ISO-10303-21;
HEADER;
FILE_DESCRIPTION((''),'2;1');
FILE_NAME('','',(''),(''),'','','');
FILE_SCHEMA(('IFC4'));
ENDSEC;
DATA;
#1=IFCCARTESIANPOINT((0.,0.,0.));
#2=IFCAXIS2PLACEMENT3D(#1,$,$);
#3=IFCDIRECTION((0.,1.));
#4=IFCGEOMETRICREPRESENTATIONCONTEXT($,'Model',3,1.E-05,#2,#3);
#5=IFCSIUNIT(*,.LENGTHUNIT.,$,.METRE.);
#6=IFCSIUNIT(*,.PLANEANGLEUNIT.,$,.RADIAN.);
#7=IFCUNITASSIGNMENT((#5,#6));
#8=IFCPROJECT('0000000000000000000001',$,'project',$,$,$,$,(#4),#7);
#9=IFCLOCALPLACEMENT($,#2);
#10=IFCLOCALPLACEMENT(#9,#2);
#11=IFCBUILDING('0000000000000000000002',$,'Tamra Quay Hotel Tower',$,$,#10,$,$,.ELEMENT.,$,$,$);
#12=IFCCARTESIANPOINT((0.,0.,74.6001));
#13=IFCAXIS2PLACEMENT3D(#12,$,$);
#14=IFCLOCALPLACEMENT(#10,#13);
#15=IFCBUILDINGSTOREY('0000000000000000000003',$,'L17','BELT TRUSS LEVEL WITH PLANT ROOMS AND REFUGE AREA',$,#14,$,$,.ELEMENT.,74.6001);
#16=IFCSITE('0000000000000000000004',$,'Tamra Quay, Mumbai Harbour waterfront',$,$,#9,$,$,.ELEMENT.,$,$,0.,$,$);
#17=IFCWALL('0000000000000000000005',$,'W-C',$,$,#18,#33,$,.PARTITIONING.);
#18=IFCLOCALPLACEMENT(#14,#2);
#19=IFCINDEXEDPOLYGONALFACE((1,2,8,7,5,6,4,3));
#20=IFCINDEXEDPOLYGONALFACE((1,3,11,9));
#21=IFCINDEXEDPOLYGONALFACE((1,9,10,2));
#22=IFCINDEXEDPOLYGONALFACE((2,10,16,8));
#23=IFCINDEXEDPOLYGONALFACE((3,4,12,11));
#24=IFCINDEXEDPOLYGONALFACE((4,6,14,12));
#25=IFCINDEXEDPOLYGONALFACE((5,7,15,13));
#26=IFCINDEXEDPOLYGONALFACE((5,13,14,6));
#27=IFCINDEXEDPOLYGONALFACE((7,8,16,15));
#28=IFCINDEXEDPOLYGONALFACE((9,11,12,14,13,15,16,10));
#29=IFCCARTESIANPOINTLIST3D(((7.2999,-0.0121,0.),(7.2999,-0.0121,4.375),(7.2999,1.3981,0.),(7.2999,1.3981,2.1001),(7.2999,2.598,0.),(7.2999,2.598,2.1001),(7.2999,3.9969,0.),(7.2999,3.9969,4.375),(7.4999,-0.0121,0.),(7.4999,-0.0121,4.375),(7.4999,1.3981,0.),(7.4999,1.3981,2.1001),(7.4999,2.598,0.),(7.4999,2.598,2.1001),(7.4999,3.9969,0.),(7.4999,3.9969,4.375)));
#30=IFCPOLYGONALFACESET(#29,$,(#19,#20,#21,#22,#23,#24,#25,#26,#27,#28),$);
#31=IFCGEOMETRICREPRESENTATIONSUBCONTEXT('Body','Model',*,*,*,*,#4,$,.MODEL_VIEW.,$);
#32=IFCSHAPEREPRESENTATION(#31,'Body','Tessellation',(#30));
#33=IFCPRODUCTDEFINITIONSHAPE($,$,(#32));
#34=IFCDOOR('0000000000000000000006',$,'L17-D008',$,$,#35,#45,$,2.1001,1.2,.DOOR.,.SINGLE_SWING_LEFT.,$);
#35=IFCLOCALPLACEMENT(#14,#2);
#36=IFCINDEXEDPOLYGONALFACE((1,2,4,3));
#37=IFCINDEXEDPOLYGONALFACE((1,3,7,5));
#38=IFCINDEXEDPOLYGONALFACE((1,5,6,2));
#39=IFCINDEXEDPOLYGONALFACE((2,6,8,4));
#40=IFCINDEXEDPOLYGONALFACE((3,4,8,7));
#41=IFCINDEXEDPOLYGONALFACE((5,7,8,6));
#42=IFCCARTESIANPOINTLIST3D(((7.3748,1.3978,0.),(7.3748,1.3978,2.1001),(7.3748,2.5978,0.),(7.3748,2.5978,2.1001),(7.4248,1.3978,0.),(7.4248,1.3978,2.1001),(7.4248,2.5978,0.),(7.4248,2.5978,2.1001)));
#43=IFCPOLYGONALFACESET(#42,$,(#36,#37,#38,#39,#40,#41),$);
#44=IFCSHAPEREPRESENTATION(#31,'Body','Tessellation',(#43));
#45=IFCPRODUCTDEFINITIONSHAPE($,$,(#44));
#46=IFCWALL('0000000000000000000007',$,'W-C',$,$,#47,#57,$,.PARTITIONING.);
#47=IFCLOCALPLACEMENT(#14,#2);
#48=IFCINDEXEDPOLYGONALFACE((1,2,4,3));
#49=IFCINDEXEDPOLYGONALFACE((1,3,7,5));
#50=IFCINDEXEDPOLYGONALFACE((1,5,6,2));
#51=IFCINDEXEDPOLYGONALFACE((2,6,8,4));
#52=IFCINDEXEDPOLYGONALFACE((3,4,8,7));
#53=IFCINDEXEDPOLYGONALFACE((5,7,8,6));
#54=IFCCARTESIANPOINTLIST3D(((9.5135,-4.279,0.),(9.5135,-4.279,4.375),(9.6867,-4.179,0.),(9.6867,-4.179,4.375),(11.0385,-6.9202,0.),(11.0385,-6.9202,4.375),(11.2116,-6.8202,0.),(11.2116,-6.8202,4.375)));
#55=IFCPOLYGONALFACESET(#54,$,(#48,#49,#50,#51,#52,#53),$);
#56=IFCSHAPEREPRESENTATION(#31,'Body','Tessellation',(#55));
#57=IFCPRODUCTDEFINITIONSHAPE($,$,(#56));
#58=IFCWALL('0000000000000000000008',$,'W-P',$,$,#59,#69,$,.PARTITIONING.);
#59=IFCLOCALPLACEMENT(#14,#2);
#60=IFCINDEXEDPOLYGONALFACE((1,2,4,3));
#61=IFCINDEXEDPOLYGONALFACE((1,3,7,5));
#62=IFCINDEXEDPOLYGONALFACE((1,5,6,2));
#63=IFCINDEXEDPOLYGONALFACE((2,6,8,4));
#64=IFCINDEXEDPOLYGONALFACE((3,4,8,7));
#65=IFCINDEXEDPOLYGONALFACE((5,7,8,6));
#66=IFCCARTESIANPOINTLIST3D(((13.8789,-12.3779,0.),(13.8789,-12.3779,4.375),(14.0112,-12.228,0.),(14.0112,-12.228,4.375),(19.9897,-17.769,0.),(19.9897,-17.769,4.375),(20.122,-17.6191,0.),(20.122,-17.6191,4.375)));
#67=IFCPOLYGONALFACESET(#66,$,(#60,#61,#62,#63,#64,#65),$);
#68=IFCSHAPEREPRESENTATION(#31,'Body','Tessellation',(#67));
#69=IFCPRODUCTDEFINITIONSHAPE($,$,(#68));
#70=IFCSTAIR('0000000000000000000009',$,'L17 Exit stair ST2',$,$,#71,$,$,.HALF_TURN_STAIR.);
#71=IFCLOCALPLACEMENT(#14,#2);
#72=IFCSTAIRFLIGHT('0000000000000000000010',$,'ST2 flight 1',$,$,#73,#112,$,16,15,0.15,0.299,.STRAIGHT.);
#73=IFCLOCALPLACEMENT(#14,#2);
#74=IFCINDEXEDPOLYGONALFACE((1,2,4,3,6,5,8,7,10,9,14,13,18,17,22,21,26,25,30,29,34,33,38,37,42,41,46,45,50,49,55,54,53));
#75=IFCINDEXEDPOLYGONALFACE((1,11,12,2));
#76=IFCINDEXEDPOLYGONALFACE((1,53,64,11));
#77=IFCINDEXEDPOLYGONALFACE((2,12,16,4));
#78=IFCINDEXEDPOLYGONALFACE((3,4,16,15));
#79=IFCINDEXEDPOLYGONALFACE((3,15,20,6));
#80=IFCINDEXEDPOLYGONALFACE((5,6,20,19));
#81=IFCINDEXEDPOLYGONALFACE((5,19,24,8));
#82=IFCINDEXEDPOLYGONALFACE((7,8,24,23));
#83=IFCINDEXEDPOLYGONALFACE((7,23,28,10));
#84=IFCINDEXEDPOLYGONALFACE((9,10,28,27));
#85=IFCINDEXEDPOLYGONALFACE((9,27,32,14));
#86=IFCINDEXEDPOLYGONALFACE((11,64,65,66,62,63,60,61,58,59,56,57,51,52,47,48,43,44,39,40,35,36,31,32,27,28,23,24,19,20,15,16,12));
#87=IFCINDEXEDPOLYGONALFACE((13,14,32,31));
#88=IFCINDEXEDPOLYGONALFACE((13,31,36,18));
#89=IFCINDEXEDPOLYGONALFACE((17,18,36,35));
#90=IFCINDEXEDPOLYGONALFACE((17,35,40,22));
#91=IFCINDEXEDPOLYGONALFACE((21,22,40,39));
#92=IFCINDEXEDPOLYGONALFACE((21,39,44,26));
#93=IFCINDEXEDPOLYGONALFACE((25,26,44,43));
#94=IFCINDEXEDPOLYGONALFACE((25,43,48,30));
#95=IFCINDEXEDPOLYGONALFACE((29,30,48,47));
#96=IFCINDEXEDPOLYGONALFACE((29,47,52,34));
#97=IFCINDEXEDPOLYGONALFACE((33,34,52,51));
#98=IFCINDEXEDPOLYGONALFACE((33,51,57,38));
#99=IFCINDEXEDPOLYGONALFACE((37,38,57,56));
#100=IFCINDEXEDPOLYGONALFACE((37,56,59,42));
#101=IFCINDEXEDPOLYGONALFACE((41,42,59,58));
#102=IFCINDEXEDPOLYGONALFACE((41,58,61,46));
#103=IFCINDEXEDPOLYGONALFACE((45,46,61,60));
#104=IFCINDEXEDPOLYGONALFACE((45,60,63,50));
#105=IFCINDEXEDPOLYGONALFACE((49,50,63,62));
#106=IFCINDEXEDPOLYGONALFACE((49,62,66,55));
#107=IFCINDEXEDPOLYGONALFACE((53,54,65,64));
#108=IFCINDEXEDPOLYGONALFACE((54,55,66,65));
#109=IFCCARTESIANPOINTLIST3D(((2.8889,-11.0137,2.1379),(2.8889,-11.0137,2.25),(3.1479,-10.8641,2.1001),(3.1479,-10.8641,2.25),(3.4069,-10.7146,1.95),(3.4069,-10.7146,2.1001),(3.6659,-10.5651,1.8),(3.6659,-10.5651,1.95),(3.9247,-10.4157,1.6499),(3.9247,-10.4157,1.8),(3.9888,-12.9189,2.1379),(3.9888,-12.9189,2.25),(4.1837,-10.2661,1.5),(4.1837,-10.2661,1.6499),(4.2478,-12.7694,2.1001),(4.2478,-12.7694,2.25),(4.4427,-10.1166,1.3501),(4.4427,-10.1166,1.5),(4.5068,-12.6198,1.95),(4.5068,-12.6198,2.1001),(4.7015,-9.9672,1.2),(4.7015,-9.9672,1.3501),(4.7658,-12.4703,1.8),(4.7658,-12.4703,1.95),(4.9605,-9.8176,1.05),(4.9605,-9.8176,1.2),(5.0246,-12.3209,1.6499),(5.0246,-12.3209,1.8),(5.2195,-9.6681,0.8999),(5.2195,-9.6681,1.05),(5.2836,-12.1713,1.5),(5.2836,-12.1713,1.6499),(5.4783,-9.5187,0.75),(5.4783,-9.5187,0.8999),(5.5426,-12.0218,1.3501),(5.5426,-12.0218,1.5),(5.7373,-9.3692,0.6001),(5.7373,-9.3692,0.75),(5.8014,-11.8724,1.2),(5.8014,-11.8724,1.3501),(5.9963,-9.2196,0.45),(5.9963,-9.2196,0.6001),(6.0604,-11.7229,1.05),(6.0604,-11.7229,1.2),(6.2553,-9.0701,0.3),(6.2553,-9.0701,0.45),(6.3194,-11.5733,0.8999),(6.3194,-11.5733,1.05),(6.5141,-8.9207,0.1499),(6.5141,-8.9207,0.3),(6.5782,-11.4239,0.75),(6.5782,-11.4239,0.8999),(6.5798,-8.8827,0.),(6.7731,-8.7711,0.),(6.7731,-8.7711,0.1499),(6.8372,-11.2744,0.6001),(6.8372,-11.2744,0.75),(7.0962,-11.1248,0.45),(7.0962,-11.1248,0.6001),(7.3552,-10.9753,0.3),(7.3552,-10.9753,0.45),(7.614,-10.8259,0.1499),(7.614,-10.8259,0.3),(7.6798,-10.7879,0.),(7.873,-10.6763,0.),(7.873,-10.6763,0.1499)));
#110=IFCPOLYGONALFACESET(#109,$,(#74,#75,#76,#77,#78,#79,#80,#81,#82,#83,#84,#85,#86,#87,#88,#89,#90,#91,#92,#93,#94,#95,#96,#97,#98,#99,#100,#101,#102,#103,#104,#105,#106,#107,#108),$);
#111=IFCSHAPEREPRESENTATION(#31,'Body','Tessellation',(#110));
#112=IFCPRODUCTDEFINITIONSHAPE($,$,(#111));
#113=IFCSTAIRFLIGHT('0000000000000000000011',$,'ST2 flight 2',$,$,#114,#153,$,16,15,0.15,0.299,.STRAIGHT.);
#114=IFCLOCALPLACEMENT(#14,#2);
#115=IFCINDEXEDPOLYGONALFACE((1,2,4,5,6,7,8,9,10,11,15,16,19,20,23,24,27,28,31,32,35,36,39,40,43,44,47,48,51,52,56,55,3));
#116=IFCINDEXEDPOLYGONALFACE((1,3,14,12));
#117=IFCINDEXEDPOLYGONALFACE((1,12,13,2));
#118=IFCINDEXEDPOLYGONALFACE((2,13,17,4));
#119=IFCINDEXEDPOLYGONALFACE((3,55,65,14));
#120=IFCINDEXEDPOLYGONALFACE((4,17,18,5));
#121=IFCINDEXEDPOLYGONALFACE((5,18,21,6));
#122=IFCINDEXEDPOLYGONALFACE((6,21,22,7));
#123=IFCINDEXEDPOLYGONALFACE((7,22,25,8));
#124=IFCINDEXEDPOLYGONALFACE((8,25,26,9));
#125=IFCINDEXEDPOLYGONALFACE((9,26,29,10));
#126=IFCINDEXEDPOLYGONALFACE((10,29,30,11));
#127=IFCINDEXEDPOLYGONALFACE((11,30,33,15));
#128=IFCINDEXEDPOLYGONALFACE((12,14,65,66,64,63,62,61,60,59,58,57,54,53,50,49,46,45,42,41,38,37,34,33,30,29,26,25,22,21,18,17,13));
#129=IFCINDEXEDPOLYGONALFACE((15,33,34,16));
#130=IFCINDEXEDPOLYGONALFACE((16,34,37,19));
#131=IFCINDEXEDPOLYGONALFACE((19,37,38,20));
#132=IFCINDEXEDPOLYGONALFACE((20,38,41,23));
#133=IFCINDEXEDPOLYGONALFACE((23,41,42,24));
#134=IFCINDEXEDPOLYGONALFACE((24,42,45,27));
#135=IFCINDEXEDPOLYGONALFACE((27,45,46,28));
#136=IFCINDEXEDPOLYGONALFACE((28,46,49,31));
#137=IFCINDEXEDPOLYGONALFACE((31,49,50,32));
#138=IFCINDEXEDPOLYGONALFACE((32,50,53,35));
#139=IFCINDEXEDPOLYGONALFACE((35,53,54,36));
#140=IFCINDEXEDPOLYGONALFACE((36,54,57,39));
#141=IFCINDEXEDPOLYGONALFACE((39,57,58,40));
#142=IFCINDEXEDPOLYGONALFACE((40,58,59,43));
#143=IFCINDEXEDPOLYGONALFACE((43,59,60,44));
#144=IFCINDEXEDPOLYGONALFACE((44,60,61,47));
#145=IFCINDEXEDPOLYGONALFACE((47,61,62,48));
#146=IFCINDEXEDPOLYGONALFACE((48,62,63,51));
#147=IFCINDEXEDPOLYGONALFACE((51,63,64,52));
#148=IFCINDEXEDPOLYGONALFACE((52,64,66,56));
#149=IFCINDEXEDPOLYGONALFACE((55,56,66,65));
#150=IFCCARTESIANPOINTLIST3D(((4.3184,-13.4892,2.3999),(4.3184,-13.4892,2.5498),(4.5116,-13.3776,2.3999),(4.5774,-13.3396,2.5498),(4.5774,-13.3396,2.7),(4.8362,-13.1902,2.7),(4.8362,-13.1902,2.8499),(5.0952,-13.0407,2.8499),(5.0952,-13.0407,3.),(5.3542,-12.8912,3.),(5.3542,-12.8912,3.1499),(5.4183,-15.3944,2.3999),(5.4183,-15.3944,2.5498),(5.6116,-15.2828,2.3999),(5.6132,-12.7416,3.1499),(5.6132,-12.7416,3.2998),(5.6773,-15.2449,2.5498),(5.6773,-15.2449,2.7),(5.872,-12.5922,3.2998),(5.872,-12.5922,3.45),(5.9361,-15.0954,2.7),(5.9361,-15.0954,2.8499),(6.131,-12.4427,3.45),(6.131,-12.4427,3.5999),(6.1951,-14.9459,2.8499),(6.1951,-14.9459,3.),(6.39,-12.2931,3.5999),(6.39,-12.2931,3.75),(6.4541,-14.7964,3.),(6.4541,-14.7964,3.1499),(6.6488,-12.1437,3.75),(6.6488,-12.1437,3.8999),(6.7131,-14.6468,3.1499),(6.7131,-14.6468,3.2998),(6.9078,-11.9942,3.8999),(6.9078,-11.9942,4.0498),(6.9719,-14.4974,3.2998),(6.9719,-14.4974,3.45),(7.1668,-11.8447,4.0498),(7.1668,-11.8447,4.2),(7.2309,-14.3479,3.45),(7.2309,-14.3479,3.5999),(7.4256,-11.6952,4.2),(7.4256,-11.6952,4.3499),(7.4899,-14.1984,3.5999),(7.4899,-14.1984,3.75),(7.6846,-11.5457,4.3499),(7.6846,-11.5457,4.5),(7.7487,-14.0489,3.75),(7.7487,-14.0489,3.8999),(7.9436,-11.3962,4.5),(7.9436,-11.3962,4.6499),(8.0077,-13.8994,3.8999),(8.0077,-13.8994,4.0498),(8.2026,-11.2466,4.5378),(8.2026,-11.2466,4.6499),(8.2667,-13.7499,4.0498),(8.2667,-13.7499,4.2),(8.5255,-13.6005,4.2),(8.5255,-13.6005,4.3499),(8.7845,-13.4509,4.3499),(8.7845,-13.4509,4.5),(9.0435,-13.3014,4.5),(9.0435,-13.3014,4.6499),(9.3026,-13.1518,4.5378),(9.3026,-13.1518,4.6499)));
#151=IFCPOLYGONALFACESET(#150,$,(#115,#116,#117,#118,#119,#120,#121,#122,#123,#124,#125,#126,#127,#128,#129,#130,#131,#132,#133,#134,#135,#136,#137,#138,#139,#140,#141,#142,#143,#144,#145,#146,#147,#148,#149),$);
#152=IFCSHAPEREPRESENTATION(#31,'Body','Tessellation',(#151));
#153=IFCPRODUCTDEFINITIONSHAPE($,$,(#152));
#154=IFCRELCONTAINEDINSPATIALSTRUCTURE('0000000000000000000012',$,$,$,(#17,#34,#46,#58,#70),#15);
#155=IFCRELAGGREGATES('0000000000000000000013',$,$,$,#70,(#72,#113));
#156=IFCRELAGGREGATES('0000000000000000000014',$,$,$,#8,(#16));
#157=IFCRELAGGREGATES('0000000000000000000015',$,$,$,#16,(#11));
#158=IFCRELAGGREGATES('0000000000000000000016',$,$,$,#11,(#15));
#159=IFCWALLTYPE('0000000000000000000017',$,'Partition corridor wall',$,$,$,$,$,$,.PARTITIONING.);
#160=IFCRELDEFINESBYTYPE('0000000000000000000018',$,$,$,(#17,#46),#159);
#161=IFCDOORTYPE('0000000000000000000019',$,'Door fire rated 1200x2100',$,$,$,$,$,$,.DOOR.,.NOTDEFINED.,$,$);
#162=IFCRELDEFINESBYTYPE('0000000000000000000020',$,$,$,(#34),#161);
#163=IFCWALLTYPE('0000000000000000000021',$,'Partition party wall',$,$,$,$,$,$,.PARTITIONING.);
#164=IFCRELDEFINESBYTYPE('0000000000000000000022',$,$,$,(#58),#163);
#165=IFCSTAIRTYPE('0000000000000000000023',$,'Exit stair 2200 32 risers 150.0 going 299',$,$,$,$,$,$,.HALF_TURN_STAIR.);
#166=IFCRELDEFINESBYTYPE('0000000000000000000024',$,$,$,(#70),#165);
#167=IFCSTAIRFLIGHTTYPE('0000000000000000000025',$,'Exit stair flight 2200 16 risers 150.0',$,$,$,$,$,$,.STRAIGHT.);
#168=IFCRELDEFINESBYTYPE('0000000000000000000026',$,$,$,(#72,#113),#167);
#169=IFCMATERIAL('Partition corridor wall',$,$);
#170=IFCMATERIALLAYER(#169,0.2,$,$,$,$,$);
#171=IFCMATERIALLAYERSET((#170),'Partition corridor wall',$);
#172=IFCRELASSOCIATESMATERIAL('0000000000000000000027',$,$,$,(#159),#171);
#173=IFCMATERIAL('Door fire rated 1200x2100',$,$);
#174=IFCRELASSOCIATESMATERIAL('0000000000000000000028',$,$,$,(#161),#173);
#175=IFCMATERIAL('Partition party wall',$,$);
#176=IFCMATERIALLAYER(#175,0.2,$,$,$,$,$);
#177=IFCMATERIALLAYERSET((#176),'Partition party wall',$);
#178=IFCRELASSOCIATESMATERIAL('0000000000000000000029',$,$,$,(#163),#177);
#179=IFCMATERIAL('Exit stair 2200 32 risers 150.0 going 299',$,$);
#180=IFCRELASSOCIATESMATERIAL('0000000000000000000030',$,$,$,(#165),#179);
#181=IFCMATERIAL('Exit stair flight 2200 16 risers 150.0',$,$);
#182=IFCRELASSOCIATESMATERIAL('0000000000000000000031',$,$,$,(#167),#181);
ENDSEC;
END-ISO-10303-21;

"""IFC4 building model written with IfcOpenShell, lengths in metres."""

from ifc_helpers import new_model, si_unit, direction, frame, frame_2d, origin, place, context, subcontext, project, spatial, polyline, rectangle, outline, extrude, material, layer, layer_set, type_object, element, fill, aggregate, save


model = new_model("IFC4")

# Units and contexts
model_context = context("Model", 3, precision=1e-05, world=origin(), true_north=direction((0.0, 1.0)))
body_context = subcontext(model_context, "Body", "Model", "MODEL_VIEW")
ifc_project = project(units=[si_unit("LENGTHUNIT", "METRE"), si_unit("PLANEANGLEUNIT", "RADIAN")], contexts=[model_context])

# Site, building, storey
site_placement = place(None, origin())
site = spatial("IfcSite", under=ifc_project, at=site_placement, Name="Tamra Quay, Mumbai Harbour waterfront", CompositionType="ELEMENT", RefElevation=0.0)
building_placement = place(site_placement, origin())
building = spatial("IfcBuilding", under=site, at=building_placement, Name="Tamra Quay Hotel Tower", CompositionType="ELEMENT")
storey_placement = place(building_placement, frame((0.0, 0.0, 74.6001)))
storey = spatial("IfcBuildingStorey", under=building, at=storey_placement, Name="L17", Description="BELT TRUSS LEVEL WITH PLANT ROOMS AND REFUGE AREA", CompositionType="ELEMENT", Elevation=74.6001)

# Shared definitions
ifc_material_1 = material(Name="Partition corridor wall")
ifc_layer_1 = layer(ifc_material_1, 0.2)
ifc_layer_set_1 = layer_set([ifc_layer_1], Name="Partition corridor wall")
wall_type_1 = type_object("IfcWallType", Name="Partition corridor wall", PredefinedType="PARTITIONING", material=ifc_layer_set_1)

# Wall, opening, door
wall_1_placement = place(storey_placement, frame((7.3999, -0.012, 0.0), z_axis=(0.0, 0.0, 1.0), x_axis=(0.0, 1.0, 0.0)))
wall_1 = element("IfcWall", 1, at=wall_1_placement, inside=storey, type_object=wall_type_1, Name="W-C", PredefinedType="PARTITIONING", context=body_context, shape_type="SweptSolid", body=[
    extrude(rectangle(XDim=4.009, YDim=0.2, at=frame_2d((2.0044, 0.0))), origin(), (0.0, 0.0, 1.0), 4.375),
])
opening_1_placement = place(wall_1_placement, frame((1.4099, 0.0, 0.0)))
opening_1 = element("IfcOpeningElement", 2, at=opening_1_placement, cuts=wall_1, PredefinedType="OPENING", context=body_context, shape_type="SweptSolid", body=[
    extrude(rectangle(XDim=1.2, YDim=2.1001, at=frame_2d((0.6001, 1.05))), frame((0.0, 0.1099, 0.0), z_axis=(0.0, -1.0, 0.0), x_axis=(1.0, 0.0, 0.0)), (0.0, 0.0, 1.0), 0.22),
])
ifc_material_2 = material(Name="Door fire rated 1200x2100")
door_type_1 = type_object("IfcDoorType", Name="Door fire rated 1200x2100", OperationType="NOTDEFINED", PredefinedType="DOOR", material=ifc_material_2)
door_1_placement = place(opening_1_placement, frame((1.2, 0.0, 0.0), z_axis=(0.0, 0.0, 1.0), x_axis=(-1.0, 0.0, 0.0)))
door_1 = element("IfcDoor", 3, at=door_1_placement, inside=storey, type_object=door_type_1, Name="L17-D008", OperationType="SINGLE_SWING_LEFT", OverallHeight=2.1001, OverallWidth=1.2, PredefinedType="DOOR", context=body_context, shape_type="SweptSolid", body=[
    extrude(rectangle(XDim=1.2, YDim=2.1001, at=frame_2d((0.6001, 1.05))), frame((0.0, 0.0249, 0.0), z_axis=(0.0, -1.0, 0.0), x_axis=(1.0, 0.0, 0.0)), (0.0, 0.0, 1.0), 0.05),
])
fill(opening_1, door_1)

# Walls
wall_2_placement = place(storey_placement, frame((9.6001, -4.229, 0.0), z_axis=(0.0, 0.0, 1.0), x_axis=(0.500013, -0.866018, 0.0)))
element("IfcWall", 4, at=wall_2_placement, inside=storey, type_object=wall_type_1, Name="W-C", PredefinedType="PARTITIONING", context=body_context, shape_type="SweptSolid", body=[
    extrude(rectangle(XDim=3.0498, YDim=0.2, at=frame_2d((1.5249, 0.0))), origin(), (0.0, 0.0, 1.0), 4.375),
])
ifc_material_3 = material(Name="Partition party wall")
ifc_layer_2 = layer(ifc_material_3, 0.2)
ifc_layer_set_2 = layer_set([ifc_layer_2], Name="Partition party wall")
wall_type_2 = type_object("IfcWallType", Name="Partition party wall", PredefinedType="PARTITIONING", material=ifc_layer_set_2)
wall_3_placement = place(storey_placement, frame((13.9451, -12.303, 0.0), z_axis=(0.0, 0.0, 1.0), x_axis=(0.749887, -0.661566, 0.0)))
element("IfcWall", 5, at=wall_3_placement, inside=storey, type_object=wall_type_2, Name="W-P", PredefinedType="PARTITIONING", context=body_context, shape_type="SweptSolid", body=[
    extrude(rectangle(XDim=8.1489, YDim=0.2, at=frame_2d((4.0745, 0.0))), origin(), (0.0, 0.0, 1.0), 4.375),
])

# Stair, stair flights
ifc_material_4 = material(Name="Exit stair 2200 32 risers 150.0 going 299")
stair_type = type_object("IfcStairType", Name="Exit stair 2200 32 risers 150.0 going 299", PredefinedType="HALF_TURN_STAIR", material=ifc_material_4)
stair_placement = place(storey_placement, origin())
stair = element("IfcStair", 6, at=stair_placement, inside=storey, type_object=stair_type, Name="L17 Exit stair ST2", PredefinedType="HALF_TURN_STAIR")
ifc_material_5 = material(Name="Exit stair flight 2200 16 risers 150.0")
stair_flight_type = type_object("IfcStairFlightType", Name="Exit stair flight 2200 16 risers 150.0", PredefinedType="STRAIGHT", material=ifc_material_5)
stair_flight_1_placement = place(storey_placement, frame((7.323, -9.7236, 0.0), z_axis=(0.0, 0.0, 1.0), x_axis=(-0.866025, -0.5, 0.0)))
stair_flight_1 = element("IfcStairFlight", 7, at=stair_flight_1_placement, type_object=stair_flight_type, Name="ST2 flight 1", NumberOfRisers=16, NumberOfTreads=15, PredefinedType="STRAIGHT", RiserHeight=0.15, TreadLength=0.299, context=body_context, shape_type="SweptSolid", body=[
    extrude(outline(polyline([(0.0, 0.0), (0.0, 0.1499), (0.2991, 0.1499), (0.2991, 0.3), (0.5979, 0.3), (0.5979, 0.45), (0.897, 0.45), (0.897, 0.6001), (1.196, 0.6001), (1.196, 0.75), (1.4951, 0.75), (1.4951, 0.8999), (1.7939, 0.8999), (1.7939, 1.05), (2.093, 1.05), (2.093, 1.2), (2.3921, 1.2), (2.3921, 1.3501), (2.6909, 1.3501), (2.6909, 1.5), (2.99, 1.5), (2.99, 1.6499), (3.2891, 1.6499), (3.2891, 1.8), (3.5879, 1.8), (3.5879, 1.95), (3.887, 1.95), (3.887, 2.1001), (4.186, 2.1001), (4.186, 2.25), (4.4851, 2.25), (4.4851, 2.3999), (4.4851, 2.1379), (0.2231, 0.0), (0.0, 0.0)])), frame((0.0, 1.1001, 0.0), z_axis=(0.0, -1.0, 0.0), x_axis=(1.0, 0.0, 0.0)), (0.0, 0.0, 1.0), 2.2),
])
stair_flight_2_placement = place(storey_placement, frame((4.8684, -14.4419, 2.3999), z_axis=(0.0, 0.0, 1.0), x_axis=(0.866025, 0.5, 0.0)))
stair_flight_2 = element("IfcStairFlight", 8, at=stair_flight_2_placement, type_object=stair_flight_type, Name="ST2 flight 2", NumberOfRisers=16, NumberOfTreads=15, PredefinedType="STRAIGHT", RiserHeight=0.15, TreadLength=0.299, context=body_context, shape_type="SweptSolid", body=[
    extrude(outline(polyline([(0.0, 0.0), (0.0, 0.1499), (0.2991, 0.1499), (0.2991, 0.3), (0.5979, 0.3), (0.5979, 0.45), (0.897, 0.45), (0.897, 0.6001), (1.196, 0.6001), (1.196, 0.75), (1.4951, 0.75), (1.4951, 0.8999), (1.7939, 0.8999), (1.7939, 1.05), (2.093, 1.05), (2.093, 1.2), (2.3921, 1.2), (2.3921, 1.3501), (2.6909, 1.3501), (2.6909, 1.5), (2.99, 1.5), (2.99, 1.6499), (3.2891, 1.6499), (3.2891, 1.8), (3.5879, 1.8), (3.5879, 1.95), (3.887, 1.95), (3.887, 2.1001), (4.186, 2.1001), (4.186, 2.25), (4.4851, 2.25), (4.4851, 2.3999), (4.4851, 2.1379), (0.2231, 0.0), (0.0, 0.0)])), frame((0.0, 1.1001, 0.0), z_axis=(0.0, -1.0, 0.0), x_axis=(1.0, 0.0, 0.0)), (0.0, 0.0, 1.0), 2.2),
])
aggregate(stair, [stair_flight_1, stair_flight_2])

save(model, "model.ifc")
